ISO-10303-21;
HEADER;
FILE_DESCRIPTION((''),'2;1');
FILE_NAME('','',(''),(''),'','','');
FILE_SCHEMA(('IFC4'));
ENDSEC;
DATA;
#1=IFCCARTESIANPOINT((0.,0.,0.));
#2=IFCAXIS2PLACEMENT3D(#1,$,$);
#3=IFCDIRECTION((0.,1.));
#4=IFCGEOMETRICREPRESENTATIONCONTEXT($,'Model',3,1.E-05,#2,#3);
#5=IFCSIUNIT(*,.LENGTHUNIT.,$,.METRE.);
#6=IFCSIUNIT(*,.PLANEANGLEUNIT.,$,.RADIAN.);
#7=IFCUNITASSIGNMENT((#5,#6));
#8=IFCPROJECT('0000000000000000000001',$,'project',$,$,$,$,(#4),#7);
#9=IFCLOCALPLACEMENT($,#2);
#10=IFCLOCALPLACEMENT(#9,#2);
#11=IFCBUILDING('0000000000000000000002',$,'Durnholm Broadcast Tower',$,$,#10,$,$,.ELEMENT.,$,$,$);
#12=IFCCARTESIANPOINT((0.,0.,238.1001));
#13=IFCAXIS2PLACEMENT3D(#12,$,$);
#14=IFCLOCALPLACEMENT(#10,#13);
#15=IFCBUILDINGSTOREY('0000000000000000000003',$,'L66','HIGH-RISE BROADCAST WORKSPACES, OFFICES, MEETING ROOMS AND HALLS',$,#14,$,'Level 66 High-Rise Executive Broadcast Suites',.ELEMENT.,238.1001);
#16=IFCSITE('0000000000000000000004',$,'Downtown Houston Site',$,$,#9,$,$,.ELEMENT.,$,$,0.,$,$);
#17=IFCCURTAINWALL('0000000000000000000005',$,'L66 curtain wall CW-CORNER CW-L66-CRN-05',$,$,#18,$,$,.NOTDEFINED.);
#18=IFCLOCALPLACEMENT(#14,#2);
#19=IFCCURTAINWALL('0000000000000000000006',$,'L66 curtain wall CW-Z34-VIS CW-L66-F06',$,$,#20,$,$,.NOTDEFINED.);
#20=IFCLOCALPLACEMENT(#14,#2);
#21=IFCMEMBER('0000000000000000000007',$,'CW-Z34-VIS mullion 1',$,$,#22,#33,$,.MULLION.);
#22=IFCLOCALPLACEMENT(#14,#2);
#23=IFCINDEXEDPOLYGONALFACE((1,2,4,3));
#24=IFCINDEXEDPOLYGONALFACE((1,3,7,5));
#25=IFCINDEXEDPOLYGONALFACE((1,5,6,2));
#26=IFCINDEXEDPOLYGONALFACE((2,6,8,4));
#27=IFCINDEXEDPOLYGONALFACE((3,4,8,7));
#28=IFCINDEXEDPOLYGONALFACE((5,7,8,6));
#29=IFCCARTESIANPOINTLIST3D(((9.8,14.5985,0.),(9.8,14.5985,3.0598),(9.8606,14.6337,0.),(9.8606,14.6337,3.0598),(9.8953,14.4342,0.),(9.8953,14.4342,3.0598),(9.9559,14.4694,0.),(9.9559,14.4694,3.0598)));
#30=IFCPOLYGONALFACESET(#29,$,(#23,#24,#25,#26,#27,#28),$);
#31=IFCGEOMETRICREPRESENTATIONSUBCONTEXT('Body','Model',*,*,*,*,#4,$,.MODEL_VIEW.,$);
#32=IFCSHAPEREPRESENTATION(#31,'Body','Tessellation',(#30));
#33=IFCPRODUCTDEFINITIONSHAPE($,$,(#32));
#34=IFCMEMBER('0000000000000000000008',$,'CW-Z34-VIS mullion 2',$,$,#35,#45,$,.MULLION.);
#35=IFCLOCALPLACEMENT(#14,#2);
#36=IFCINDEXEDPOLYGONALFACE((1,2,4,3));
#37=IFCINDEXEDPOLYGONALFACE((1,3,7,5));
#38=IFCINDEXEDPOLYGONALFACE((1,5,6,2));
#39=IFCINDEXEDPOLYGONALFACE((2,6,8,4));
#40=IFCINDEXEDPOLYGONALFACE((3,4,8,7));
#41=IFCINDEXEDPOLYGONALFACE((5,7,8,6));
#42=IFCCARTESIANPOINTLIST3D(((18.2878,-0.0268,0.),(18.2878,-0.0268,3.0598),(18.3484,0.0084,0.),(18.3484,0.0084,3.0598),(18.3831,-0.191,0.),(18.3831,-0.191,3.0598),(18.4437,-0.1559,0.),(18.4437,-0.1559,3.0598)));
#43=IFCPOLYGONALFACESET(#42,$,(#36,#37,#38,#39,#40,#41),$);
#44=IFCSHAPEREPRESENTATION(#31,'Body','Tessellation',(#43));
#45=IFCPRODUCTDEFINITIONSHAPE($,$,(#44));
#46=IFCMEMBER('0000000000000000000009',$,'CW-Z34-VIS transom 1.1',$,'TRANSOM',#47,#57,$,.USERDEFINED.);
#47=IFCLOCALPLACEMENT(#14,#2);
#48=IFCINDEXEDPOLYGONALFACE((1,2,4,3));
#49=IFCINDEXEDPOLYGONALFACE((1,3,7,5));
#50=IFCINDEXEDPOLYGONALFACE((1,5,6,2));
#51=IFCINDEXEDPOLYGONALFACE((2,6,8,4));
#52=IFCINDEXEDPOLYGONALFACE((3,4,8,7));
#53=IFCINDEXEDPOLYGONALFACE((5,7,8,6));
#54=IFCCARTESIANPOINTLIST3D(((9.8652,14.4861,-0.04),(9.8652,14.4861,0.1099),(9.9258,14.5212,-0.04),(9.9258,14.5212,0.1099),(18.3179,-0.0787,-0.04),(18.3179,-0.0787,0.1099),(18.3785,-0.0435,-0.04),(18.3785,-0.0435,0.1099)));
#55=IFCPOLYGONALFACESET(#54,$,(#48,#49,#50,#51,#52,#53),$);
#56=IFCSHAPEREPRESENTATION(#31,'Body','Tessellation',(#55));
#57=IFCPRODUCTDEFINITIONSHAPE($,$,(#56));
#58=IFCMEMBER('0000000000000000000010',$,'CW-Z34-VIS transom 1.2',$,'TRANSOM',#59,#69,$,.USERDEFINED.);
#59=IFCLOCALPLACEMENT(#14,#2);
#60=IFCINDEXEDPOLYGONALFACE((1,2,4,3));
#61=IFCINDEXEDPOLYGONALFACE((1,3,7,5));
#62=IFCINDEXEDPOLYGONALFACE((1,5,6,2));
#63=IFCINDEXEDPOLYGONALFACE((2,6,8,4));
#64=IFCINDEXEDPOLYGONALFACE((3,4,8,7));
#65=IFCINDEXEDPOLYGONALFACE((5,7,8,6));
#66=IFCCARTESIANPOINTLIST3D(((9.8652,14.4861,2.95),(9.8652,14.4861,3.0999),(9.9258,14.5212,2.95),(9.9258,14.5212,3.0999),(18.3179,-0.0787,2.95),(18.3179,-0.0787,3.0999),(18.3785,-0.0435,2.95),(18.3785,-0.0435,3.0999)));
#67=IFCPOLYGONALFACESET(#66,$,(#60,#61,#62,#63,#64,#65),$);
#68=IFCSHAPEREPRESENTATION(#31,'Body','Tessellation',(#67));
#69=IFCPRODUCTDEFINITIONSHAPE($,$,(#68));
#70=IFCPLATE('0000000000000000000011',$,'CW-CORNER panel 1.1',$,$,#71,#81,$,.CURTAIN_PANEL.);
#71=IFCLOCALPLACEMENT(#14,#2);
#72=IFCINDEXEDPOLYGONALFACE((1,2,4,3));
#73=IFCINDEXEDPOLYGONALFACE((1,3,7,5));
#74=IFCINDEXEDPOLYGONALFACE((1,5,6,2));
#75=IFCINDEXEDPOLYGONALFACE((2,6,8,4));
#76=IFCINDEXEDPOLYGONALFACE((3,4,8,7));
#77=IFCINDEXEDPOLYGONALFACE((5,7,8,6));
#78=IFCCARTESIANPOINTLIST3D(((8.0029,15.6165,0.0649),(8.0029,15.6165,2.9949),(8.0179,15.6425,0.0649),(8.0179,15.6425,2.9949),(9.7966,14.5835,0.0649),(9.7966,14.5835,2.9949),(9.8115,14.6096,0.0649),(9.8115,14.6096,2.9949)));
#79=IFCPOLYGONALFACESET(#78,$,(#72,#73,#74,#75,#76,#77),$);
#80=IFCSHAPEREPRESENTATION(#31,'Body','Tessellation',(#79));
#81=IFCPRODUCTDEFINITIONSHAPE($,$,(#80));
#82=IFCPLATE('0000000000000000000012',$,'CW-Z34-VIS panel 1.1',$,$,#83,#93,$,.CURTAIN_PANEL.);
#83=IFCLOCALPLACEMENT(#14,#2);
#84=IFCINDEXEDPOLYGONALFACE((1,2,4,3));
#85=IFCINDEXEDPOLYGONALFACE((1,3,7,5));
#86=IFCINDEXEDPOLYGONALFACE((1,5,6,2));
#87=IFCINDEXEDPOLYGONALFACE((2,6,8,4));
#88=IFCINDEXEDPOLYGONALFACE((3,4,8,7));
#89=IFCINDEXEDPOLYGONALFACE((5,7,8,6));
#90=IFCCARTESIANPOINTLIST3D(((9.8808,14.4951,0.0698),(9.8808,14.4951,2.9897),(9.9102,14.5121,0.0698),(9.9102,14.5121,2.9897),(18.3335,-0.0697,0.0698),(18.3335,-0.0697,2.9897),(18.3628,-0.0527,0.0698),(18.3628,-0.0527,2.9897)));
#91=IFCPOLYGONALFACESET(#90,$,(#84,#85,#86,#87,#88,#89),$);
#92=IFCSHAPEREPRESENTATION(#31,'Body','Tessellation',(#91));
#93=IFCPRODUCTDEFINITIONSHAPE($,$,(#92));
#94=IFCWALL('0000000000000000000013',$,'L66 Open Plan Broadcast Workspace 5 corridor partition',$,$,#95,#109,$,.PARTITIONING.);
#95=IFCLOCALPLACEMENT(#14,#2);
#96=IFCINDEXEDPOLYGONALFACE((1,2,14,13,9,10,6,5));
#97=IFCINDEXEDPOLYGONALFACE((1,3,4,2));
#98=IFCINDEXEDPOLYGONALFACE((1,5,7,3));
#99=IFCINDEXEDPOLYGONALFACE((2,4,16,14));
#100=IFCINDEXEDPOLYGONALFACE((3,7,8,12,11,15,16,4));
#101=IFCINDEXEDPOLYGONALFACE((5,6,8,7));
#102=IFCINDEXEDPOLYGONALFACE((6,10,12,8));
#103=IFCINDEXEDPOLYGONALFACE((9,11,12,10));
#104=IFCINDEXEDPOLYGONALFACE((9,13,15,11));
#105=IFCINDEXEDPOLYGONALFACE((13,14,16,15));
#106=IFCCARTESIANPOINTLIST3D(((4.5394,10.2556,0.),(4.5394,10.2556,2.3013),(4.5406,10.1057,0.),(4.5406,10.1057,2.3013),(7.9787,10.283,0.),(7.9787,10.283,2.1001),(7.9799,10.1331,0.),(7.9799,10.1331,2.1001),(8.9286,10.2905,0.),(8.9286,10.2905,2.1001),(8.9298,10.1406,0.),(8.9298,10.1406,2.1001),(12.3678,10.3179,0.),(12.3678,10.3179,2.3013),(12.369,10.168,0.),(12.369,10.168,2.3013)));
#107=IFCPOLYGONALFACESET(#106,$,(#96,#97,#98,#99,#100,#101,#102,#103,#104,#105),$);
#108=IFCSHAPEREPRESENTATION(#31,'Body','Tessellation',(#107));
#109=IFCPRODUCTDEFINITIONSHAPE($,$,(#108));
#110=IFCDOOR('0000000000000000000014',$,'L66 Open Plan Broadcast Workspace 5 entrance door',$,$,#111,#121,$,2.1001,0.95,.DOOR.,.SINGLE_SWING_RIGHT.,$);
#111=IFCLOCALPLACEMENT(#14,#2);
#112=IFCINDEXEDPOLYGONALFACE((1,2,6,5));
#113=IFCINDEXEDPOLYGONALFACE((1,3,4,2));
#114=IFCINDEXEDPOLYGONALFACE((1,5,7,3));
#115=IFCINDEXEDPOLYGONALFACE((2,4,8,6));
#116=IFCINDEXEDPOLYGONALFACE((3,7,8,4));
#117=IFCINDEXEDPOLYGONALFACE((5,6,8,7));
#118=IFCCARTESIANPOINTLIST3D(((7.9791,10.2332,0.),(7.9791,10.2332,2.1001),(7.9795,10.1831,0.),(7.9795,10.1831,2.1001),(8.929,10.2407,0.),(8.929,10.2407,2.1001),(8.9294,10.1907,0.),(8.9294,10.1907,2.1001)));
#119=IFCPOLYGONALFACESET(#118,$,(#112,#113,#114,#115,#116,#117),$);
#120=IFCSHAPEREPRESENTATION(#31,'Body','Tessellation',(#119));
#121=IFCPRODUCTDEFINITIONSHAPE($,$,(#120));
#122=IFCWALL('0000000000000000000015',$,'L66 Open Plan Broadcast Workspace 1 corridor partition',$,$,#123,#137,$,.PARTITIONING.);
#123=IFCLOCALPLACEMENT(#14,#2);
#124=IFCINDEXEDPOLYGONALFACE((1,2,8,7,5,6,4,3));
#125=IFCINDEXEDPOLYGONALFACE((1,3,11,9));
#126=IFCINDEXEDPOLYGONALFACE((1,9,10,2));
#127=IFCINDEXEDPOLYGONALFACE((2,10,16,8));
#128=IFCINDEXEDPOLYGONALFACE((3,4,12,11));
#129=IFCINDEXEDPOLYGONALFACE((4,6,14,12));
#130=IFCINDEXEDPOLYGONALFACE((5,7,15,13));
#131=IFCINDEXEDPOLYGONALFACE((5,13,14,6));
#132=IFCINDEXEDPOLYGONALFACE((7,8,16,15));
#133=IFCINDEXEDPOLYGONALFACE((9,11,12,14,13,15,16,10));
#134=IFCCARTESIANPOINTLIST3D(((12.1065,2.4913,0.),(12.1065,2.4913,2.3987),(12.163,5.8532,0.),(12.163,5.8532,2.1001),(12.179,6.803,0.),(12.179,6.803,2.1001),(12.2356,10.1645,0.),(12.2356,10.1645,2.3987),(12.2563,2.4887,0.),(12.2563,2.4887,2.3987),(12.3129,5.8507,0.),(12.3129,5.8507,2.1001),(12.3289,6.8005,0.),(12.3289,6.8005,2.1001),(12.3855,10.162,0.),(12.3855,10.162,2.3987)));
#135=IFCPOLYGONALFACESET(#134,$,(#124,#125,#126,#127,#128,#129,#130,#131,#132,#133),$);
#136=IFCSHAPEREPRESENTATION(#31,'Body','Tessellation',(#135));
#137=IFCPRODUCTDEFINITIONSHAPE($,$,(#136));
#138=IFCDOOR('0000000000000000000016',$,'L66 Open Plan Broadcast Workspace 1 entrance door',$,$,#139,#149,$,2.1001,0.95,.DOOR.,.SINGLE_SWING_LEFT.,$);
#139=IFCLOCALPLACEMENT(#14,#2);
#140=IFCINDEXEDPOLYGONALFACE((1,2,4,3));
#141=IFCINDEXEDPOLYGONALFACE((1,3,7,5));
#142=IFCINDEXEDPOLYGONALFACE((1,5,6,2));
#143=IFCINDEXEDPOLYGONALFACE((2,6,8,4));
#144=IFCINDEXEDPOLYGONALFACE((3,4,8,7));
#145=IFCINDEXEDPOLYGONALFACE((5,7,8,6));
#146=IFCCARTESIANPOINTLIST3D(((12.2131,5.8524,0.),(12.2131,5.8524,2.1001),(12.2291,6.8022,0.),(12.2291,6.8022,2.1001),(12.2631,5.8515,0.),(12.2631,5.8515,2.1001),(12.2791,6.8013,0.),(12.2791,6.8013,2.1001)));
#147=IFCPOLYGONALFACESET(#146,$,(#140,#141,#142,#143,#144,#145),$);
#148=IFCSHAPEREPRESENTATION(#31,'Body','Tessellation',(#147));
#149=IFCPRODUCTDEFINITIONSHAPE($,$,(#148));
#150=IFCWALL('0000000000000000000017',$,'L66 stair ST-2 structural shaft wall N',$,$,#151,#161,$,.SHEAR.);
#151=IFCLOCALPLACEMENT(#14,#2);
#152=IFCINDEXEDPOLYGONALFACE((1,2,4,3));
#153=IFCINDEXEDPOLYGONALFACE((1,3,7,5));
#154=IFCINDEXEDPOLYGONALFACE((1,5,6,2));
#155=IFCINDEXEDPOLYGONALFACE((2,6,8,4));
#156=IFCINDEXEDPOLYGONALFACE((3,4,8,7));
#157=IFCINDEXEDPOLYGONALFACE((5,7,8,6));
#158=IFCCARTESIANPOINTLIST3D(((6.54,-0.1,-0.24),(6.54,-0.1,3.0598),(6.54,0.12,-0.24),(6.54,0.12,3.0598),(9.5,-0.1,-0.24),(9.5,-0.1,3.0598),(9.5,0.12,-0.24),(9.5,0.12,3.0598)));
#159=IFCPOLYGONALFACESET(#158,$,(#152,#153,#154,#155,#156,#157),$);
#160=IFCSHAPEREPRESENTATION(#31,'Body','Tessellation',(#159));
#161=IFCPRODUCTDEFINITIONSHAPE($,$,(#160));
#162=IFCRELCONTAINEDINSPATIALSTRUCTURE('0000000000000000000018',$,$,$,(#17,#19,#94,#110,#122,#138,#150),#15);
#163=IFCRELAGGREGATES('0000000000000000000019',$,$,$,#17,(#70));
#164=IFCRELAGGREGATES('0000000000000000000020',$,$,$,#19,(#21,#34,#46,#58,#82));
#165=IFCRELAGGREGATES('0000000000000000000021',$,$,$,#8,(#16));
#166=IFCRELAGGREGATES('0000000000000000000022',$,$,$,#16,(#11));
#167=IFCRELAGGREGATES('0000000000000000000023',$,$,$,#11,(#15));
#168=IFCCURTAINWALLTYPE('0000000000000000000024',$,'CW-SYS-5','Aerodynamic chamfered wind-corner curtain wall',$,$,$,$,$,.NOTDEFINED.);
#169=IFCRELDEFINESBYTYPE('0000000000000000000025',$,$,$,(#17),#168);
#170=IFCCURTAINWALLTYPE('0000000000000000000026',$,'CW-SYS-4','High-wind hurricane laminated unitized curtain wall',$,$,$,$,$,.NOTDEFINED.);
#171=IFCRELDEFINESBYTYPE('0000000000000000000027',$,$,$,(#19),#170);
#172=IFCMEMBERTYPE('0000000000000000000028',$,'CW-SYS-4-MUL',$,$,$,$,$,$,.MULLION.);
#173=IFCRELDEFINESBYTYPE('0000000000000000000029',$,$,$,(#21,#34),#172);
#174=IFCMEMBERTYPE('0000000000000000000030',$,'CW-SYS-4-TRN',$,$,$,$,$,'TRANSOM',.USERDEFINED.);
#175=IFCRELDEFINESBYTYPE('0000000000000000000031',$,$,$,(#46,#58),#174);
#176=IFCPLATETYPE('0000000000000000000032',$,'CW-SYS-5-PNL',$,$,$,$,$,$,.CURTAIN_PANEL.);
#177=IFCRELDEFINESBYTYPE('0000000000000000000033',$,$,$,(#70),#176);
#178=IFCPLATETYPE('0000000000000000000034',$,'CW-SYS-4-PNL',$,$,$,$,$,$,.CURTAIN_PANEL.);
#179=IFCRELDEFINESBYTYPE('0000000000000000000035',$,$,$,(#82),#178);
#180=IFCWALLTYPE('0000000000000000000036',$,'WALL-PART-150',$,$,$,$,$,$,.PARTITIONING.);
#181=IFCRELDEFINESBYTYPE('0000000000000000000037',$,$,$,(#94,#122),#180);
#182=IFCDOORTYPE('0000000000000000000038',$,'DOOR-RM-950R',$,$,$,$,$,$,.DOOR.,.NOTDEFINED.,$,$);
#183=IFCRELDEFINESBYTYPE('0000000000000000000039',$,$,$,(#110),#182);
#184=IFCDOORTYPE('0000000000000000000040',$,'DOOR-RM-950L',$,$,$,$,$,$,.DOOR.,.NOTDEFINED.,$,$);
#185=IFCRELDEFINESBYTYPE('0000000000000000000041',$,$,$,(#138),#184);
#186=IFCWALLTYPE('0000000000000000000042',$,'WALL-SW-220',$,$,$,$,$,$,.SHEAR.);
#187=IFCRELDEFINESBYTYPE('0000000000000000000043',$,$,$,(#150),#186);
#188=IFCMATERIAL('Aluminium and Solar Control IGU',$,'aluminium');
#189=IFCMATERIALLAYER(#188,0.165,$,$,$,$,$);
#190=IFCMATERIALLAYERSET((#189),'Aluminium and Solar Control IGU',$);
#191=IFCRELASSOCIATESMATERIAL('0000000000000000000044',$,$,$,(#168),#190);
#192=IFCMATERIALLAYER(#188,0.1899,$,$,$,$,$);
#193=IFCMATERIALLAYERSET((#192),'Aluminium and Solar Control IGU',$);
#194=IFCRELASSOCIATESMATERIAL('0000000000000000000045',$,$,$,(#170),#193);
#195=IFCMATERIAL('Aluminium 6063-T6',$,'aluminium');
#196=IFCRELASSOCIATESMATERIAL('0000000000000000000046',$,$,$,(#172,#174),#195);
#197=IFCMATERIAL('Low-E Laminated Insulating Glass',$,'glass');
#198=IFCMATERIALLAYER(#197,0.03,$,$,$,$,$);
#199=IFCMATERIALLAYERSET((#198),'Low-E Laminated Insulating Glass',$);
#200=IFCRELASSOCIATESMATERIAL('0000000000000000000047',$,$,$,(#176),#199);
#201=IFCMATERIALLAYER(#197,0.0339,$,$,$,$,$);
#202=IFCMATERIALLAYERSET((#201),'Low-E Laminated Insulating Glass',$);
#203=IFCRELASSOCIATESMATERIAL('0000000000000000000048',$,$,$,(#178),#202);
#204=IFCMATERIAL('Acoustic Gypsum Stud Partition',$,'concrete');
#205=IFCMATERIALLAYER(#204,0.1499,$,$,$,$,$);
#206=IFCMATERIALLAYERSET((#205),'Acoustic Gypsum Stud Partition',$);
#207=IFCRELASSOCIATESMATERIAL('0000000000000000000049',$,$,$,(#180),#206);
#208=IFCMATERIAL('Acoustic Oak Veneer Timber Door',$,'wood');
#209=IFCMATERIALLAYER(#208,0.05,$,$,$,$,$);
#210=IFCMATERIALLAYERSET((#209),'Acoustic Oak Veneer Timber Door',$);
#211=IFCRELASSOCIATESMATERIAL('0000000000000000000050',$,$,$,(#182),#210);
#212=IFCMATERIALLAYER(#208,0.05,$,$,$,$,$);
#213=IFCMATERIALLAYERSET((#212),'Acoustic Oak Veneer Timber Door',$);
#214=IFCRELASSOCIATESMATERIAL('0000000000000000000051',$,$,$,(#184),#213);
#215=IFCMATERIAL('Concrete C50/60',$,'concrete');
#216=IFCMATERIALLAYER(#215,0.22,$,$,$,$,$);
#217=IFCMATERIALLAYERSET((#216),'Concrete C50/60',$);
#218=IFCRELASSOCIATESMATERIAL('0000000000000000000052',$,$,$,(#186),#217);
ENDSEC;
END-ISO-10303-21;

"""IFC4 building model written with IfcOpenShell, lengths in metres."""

from ifc_helpers import new_model, si_unit, direction, frame, frame_2d, origin, origin_2d, place, context, subcontext, project, spatial, rectangle, extrude, source, transform, mapped, material, layer, layer_set, material_profile, profile_set, type_object, type_shapes, element, fill, aggregate, save


model = new_model("IFC4")

# Units and contexts
model_context = context("Model", 3, precision=1e-05, world=origin(), true_north=direction((0.0, 1.0)))
body_context = subcontext(model_context, "Body", "Model", "MODEL_VIEW")
ifc_project = project(units=[si_unit("LENGTHUNIT", "METRE"), si_unit("PLANEANGLEUNIT", "RADIAN")], contexts=[model_context])

# Site, building, storey
site_placement = place(None, origin())
site = spatial("IfcSite", under=ifc_project, at=site_placement, Name="Downtown Houston Site", CompositionType="ELEMENT", RefElevation=0.0)
building_placement = place(site_placement, origin())
building = spatial("IfcBuilding", under=site, at=building_placement, Name="Durnholm Broadcast Tower", CompositionType="ELEMENT")
storey_placement = place(building_placement, frame((0.0, 0.0, 238.1001)))
storey = spatial("IfcBuildingStorey", under=building, at=storey_placement, Name="L66", Description="HIGH-RISE BROADCAST WORKSPACES, OFFICES, MEETING ROOMS AND HALLS", LongName="Level 66 High-Rise Executive Broadcast Suites", CompositionType="ELEMENT", Elevation=238.1001)

# Curtain wall
ifc_material_1 = material(Name="Aluminium and Solar Control IGU", Category="aluminium")
ifc_layer_1 = layer(ifc_material_1, 0.165)
ifc_layer_set_1 = layer_set([ifc_layer_1], Name="Aluminium and Solar Control IGU")
curtain_wall_type_1 = type_object("IfcCurtainWallType", Name="CW-SYS-5", Description="Aerodynamic chamfered wind-corner curtain wall", PredefinedType="NOTDEFINED", material=ifc_layer_set_1)
curtain_wall_1_placement = place(storey_placement, origin())
curtain_wall_1 = element("IfcCurtainWall", 1, at=curtain_wall_1_placement, inside=storey, type_object=curtain_wall_type_1, Name="L66 curtain wall CW-CORNER CW-L66-CRN-05", PredefinedType="NOTDEFINED")
ifc_material_2 = material(Name="Aluminium 6063-T6", Category="aluminium")

# Curtain wall, members
ifc_layer_2 = layer(ifc_material_1, 0.1899)
ifc_layer_set_2 = layer_set([ifc_layer_2], Name="Aluminium and Solar Control IGU")
curtain_wall_type_2 = type_object("IfcCurtainWallType", Name="CW-SYS-4", Description="High-wind hurricane laminated unitized curtain wall", PredefinedType="NOTDEFINED", material=ifc_layer_set_2)
curtain_wall_2_placement = place(storey_placement, origin())
curtain_wall_2 = element("IfcCurtainWall", 2, at=curtain_wall_2_placement, inside=storey, type_object=curtain_wall_type_2, Name="L66 curtain wall CW-Z34-VIS CW-L66-F06", PredefinedType="NOTDEFINED")
ifc_material_profile_1 = material_profile(ifc_material_2, rectangle(XDim=0.0701, YDim=0.1899, at=origin_2d()), Name="CWM70X190")
ifc_profile_set_1 = profile_set([ifc_material_profile_1], Name="Aluminium 6063-T6")
member_type_1 = type_object("IfcMemberType", Name="CW-SYS-4-MUL", PredefinedType="MULLION", material=ifc_profile_set_1)
shared_shape_1 = source(origin(), body_context, "Body", "SweptSolid", [
    extrude(rectangle(XDim=0.0701, YDim=0.1899, at=origin_2d()), origin(), (0.0, 0.0, 1.0), 3.0598),
])
type_shapes(member_type_1, [shared_shape_1])
member_1_placement = place(storey_placement, frame((9.8779, 14.5339, 0.0), z_axis=(0.0, 0.0, 1.0), x_axis=(0.8649, 0.501944, 0.0)))
member_1 = element("IfcMember", 3, at=member_1_placement, type_object=member_type_1, Name="CW-Z34-VIS mullion 1", PredefinedType="MULLION", context=body_context, shape_type="MappedRepresentation", body=[
    mapped(shared_shape_1, transform((0.0, 0.0, 0.0), x_axis=(1.0, 0.0, 0.0), y_axis=(0.0, 1.0, 0.0), z_axis=(0.0, 0.0, 1.0), scale=1.0)),
])
member_2_placement = place(storey_placement, frame((18.3657, -0.0913, 0.0), z_axis=(0.0, 0.0, 1.0), x_axis=(0.8649, 0.501944, 0.0)))
member_2 = element("IfcMember", 4, at=member_2_placement, type_object=member_type_1, Name="CW-Z34-VIS mullion 2", PredefinedType="MULLION", context=body_context, shape_type="MappedRepresentation", body=[
    mapped(shared_shape_1, transform((0.0, 0.0, 0.0), x_axis=(1.0, 0.0, 0.0), y_axis=(0.0, 1.0, 0.0), z_axis=(0.0, 0.0, 1.0), scale=1.0)),
])
ifc_material_profile_2 = material_profile(ifc_material_2, rectangle(XDim=0.0701, YDim=0.1499, at=origin_2d()), Name="CWT70X150")
ifc_profile_set_2 = profile_set([ifc_material_profile_2], Name="Aluminium 6063-T6")
member_type_2 = type_object("IfcMemberType", Name="CW-SYS-4-TRN", ElementType="TRANSOM", PredefinedType="USERDEFINED", material=ifc_profile_set_2)
shared_shape_2 = source(origin(), body_context, "Body", "SweptSolid", [
    extrude(rectangle(XDim=0.0701, YDim=0.1499, at=origin_2d()), origin(), (0.0, 0.0, 1.0), 16.8398),
])
type_shapes(member_type_2, [shared_shape_2])
member_3_placement = place(storey_placement, frame((9.8955, 14.5037, 0.0349), z_axis=(0.501945, -0.864899, 0.0), x_axis=(0.864899, 0.501945, 0.0)))
member_3 = element("IfcMember", 5, at=member_3_placement, type_object=member_type_2, Name="CW-Z34-VIS transom 1.1", ObjectType="TRANSOM", PredefinedType="USERDEFINED", context=body_context, shape_type="MappedRepresentation", body=[
    mapped(shared_shape_2, transform((0.0, 0.0, 0.0), x_axis=(1.0, 0.0, 0.0), y_axis=(0.0, 1.0, 0.0), z_axis=(0.0, 0.0, 1.0), scale=1.0)),
])
member_4_placement = place(storey_placement, frame((9.8955, 14.5037, 3.0249), z_axis=(0.501945, -0.864899, 0.0), x_axis=(0.864899, 0.501945, 0.0)))
member_4 = element("IfcMember", 6, at=member_4_placement, type_object=member_type_2, Name="CW-Z34-VIS transom 1.2", ObjectType="TRANSOM", PredefinedType="USERDEFINED", context=body_context, shape_type="MappedRepresentation", body=[
    mapped(shared_shape_2, transform((0.0, 0.0, 0.0), x_axis=(1.0, 0.0, 0.0), y_axis=(0.0, 1.0, 0.0), z_axis=(0.0, 0.0, 1.0), scale=1.0)),
])

# Plates
ifc_material_3 = material(Name="Low-E Laminated Insulating Glass", Category="glass")
ifc_layer_3 = layer(ifc_material_3, 0.03)
ifc_layer_set_3 = layer_set([ifc_layer_3], Name="Low-E Laminated Insulating Glass")
plate_type_1 = type_object("IfcPlateType", Name="CW-SYS-5-PNL", PredefinedType="CURTAIN_PANEL", material=ifc_layer_set_3)
shared_shape_3 = source(origin(), body_context, "Body", "SweptSolid", [
    extrude(rectangle(XDim=2.0698, YDim=0.03, at=origin_2d()), origin(), (0.0, 0.0, 1.0), 2.9299),
])
type_shapes(plate_type_1, [shared_shape_3])
plate_1_placement = place(storey_placement, frame((8.9072, 15.113, 0.0649), z_axis=(0.0, 0.0, 1.0), x_axis=(0.866568, -0.499059, 0.0)))
plate_1 = element("IfcPlate", 7, at=plate_1_placement, type_object=plate_type_1, Name="CW-CORNER panel 1.1", PredefinedType="CURTAIN_PANEL", context=body_context, shape_type="MappedRepresentation", body=[
    mapped(shared_shape_3, transform((0.0, 0.0, 0.0), x_axis=(1.0, 0.0, 0.0), y_axis=(0.0, 1.0, 0.0), z_axis=(0.0, 0.0, 1.0), scale=1.0)),
])
aggregate(curtain_wall_1, [plate_1])
ifc_layer_4 = layer(ifc_material_3, 0.0339)
ifc_layer_set_4 = layer_set([ifc_layer_4], Name="Low-E Laminated Insulating Glass")
plate_type_2 = type_object("IfcPlateType", Name="CW-SYS-4-PNL", PredefinedType="CURTAIN_PANEL", material=ifc_layer_set_4)
shared_shape_4 = source(origin(), body_context, "Body", "SweptSolid", [
    extrude(rectangle(XDim=16.8398, YDim=0.0339, at=origin_2d()), origin(), (0.0, 0.0, 1.0), 2.9199),
])
type_shapes(plate_type_2, [shared_shape_4])
plate_2_placement = place(storey_placement, frame((14.1218, 7.2212, 0.0698), z_axis=(0.0, 0.0, 1.0), x_axis=(0.501944, -0.8649, 0.0)))
plate_2 = element("IfcPlate", 8, at=plate_2_placement, type_object=plate_type_2, Name="CW-Z34-VIS panel 1.1", PredefinedType="CURTAIN_PANEL", context=body_context, shape_type="MappedRepresentation", body=[
    mapped(shared_shape_4, transform((0.0, 0.0, 0.0), x_axis=(1.0, 0.0, 0.0), y_axis=(0.0, 1.0, 0.0), z_axis=(0.0, 0.0, 1.0), scale=1.0)),
])
aggregate(curtain_wall_2, [member_1, member_2, member_3, member_4, plate_2])

# Walls, openings, doors
ifc_material_4 = material(Name="Acoustic Gypsum Stud Partition", Category="concrete")
ifc_layer_5 = layer(ifc_material_4, 0.1499)
ifc_layer_set_5 = layer_set([ifc_layer_5], Name="Acoustic Gypsum Stud Partition")
wall_type_1 = type_object("IfcWallType", Name="WALL-PART-150", PredefinedType="PARTITIONING", material=ifc_layer_set_5)
wall_1_placement = place(storey_placement, frame((12.3684, 10.2429, 0.0), z_axis=(0.0, 0.0, 1.0), x_axis=(-0.999968, -0.007952, 0.0)))
wall_1 = element("IfcWall", 9, at=wall_1_placement, inside=storey, type_object=wall_type_1, Name="L66 Open Plan Broadcast Workspace 5 corridor partition", PredefinedType="PARTITIONING", context=body_context, shape_type="SweptSolid", body=[
    extrude(rectangle(XDim=7.8286, YDim=0.1499, at=frame_2d((3.9143, 0.0))), origin(), (0.0, 0.0, 1.0), 2.3013),
])
opening_1_placement = place(wall_1_placement, frame((3.4392, 0.0, 0.0)))
opening_1 = element("IfcOpeningElement", 10, at=opening_1_placement, cuts=wall_1, PredefinedType="OPENING", context=body_context, shape_type="SweptSolid", body=[
    extrude(rectangle(XDim=0.95, YDim=2.1001, at=frame_2d((0.4751, 1.05))), frame((0.0, 0.085, 0.0), z_axis=(0.0, -1.0, 0.0), x_axis=(1.0, 0.0, 0.0)), (0.0, 0.0, 1.0), 0.1699),
])
ifc_material_5 = material(Name="Acoustic Oak Veneer Timber Door", Category="wood")
ifc_layer_6 = layer(ifc_material_5, 0.05)
ifc_layer_set_6 = layer_set([ifc_layer_6], Name="Acoustic Oak Veneer Timber Door")
door_type_1 = type_object("IfcDoorType", Name="DOOR-RM-950R", OperationType="NOTDEFINED", PredefinedType="DOOR", material=ifc_layer_set_6)
shared_shape_5 = source(origin(), body_context, "Body", "SweptSolid", [
    extrude(rectangle(XDim=0.95, YDim=2.1001, at=frame_2d((0.4751, 1.05))), frame((0.0, 0.0249, 0.0), z_axis=(0.0, -1.0, 0.0), x_axis=(1.0, 0.0, 0.0)), (0.0, 0.0, 1.0), 0.05),
])
type_shapes(door_type_1, [shared_shape_5])
door_1_placement = place(opening_1_placement, origin())
door_1 = element("IfcDoor", 11, at=door_1_placement, inside=storey, type_object=door_type_1, Name="L66 Open Plan Broadcast Workspace 5 entrance door", OperationType="SINGLE_SWING_RIGHT", OverallHeight=2.1001, OverallWidth=0.95, PredefinedType="DOOR", context=body_context, shape_type="MappedRepresentation", body=[
    mapped(shared_shape_5, transform((0.0, 0.0, 0.0), x_axis=(1.0, 0.0, 0.0), y_axis=(0.0, 1.0, 0.0), z_axis=(0.0, 0.0, 1.0), scale=1.0)),
])
fill(opening_1, door_1)
wall_2_placement = place(storey_placement, frame((12.1814, 2.49, 0.0), z_axis=(0.0, 0.0, 1.0), x_axis=(0.016829, 0.999858, 0.0)))
wall_2 = element("IfcWall", 12, at=wall_2_placement, inside=storey, type_object=wall_type_1, Name="L66 Open Plan Broadcast Workspace 1 corridor partition", PredefinedType="PARTITIONING", context=body_context, shape_type="SweptSolid", body=[
    extrude(rectangle(XDim=7.6743, YDim=0.1499, at=frame_2d((3.8372, 0.0))), origin(), (0.0, 0.0, 1.0), 2.3987),
])
opening_2_placement = place(wall_2_placement, frame((3.3623, 0.0, 0.0)))
opening_2 = element("IfcOpeningElement", 13, at=opening_2_placement, cuts=wall_2, PredefinedType="OPENING", context=body_context, shape_type="SweptSolid", body=[
    extrude(rectangle(XDim=0.95, YDim=2.1001, at=frame_2d((0.4751, 1.05))), frame((0.0, 0.085, 0.0), z_axis=(0.0, -1.0, 0.0), x_axis=(1.0, 0.0, 0.0)), (0.0, 0.0, 1.0), 0.1699),
])
ifc_layer_7 = layer(ifc_material_5, 0.05)
ifc_layer_set_7 = layer_set([ifc_layer_7], Name="Acoustic Oak Veneer Timber Door")
door_type_2 = type_object("IfcDoorType", Name="DOOR-RM-950L", OperationType="NOTDEFINED", PredefinedType="DOOR", material=ifc_layer_set_7)
shared_shape_6 = source(origin(), body_context, "Body", "SweptSolid", [
    extrude(rectangle(XDim=0.95, YDim=2.1001, at=frame_2d((0.4751, 1.05))), frame((0.0, 0.0249, 0.0), z_axis=(0.0, -1.0, 0.0), x_axis=(1.0, 0.0, 0.0)), (0.0, 0.0, 1.0), 0.05),
])
type_shapes(door_type_2, [shared_shape_6])
door_2_placement = place(opening_2_placement, origin())
door_2 = element("IfcDoor", 14, at=door_2_placement, inside=storey, type_object=door_type_2, Name="L66 Open Plan Broadcast Workspace 1 entrance door", OperationType="SINGLE_SWING_LEFT", OverallHeight=2.1001, OverallWidth=0.95, PredefinedType="DOOR", context=body_context, shape_type="MappedRepresentation", body=[
    mapped(shared_shape_6, transform((0.0, 0.0, 0.0), x_axis=(1.0, 0.0, 0.0), y_axis=(0.0, 1.0, 0.0), z_axis=(0.0, 0.0, 1.0), scale=1.0)),
])
fill(opening_2, door_2)

# Wall
ifc_material_6 = material(Name="Concrete C50/60", Category="concrete")
ifc_layer_8 = layer(ifc_material_6, 0.22)
ifc_layer_set_8 = layer_set([ifc_layer_8], Name="Concrete C50/60")
wall_type_2 = type_object("IfcWallType", Name="WALL-SW-220", PredefinedType="SHEAR", material=ifc_layer_set_8)
wall_3_placement = place(storey_placement, frame((9.5, 0.01, -0.24), z_axis=(0.0, 0.0, 1.0), x_axis=(-1.0, 0.0, 0.0)))
element("IfcWall", 15, at=wall_3_placement, inside=storey, type_object=wall_type_2, Name="L66 stair ST-2 structural shaft wall N", PredefinedType="SHEAR", context=body_context, shape_type="SweptSolid", body=[
    extrude(rectangle(XDim=2.96, YDim=0.22, at=frame_2d((1.48, 0.0))), origin(), (0.0, 0.0, 1.0), 3.2998),
])

save(model, "model.ifc")
